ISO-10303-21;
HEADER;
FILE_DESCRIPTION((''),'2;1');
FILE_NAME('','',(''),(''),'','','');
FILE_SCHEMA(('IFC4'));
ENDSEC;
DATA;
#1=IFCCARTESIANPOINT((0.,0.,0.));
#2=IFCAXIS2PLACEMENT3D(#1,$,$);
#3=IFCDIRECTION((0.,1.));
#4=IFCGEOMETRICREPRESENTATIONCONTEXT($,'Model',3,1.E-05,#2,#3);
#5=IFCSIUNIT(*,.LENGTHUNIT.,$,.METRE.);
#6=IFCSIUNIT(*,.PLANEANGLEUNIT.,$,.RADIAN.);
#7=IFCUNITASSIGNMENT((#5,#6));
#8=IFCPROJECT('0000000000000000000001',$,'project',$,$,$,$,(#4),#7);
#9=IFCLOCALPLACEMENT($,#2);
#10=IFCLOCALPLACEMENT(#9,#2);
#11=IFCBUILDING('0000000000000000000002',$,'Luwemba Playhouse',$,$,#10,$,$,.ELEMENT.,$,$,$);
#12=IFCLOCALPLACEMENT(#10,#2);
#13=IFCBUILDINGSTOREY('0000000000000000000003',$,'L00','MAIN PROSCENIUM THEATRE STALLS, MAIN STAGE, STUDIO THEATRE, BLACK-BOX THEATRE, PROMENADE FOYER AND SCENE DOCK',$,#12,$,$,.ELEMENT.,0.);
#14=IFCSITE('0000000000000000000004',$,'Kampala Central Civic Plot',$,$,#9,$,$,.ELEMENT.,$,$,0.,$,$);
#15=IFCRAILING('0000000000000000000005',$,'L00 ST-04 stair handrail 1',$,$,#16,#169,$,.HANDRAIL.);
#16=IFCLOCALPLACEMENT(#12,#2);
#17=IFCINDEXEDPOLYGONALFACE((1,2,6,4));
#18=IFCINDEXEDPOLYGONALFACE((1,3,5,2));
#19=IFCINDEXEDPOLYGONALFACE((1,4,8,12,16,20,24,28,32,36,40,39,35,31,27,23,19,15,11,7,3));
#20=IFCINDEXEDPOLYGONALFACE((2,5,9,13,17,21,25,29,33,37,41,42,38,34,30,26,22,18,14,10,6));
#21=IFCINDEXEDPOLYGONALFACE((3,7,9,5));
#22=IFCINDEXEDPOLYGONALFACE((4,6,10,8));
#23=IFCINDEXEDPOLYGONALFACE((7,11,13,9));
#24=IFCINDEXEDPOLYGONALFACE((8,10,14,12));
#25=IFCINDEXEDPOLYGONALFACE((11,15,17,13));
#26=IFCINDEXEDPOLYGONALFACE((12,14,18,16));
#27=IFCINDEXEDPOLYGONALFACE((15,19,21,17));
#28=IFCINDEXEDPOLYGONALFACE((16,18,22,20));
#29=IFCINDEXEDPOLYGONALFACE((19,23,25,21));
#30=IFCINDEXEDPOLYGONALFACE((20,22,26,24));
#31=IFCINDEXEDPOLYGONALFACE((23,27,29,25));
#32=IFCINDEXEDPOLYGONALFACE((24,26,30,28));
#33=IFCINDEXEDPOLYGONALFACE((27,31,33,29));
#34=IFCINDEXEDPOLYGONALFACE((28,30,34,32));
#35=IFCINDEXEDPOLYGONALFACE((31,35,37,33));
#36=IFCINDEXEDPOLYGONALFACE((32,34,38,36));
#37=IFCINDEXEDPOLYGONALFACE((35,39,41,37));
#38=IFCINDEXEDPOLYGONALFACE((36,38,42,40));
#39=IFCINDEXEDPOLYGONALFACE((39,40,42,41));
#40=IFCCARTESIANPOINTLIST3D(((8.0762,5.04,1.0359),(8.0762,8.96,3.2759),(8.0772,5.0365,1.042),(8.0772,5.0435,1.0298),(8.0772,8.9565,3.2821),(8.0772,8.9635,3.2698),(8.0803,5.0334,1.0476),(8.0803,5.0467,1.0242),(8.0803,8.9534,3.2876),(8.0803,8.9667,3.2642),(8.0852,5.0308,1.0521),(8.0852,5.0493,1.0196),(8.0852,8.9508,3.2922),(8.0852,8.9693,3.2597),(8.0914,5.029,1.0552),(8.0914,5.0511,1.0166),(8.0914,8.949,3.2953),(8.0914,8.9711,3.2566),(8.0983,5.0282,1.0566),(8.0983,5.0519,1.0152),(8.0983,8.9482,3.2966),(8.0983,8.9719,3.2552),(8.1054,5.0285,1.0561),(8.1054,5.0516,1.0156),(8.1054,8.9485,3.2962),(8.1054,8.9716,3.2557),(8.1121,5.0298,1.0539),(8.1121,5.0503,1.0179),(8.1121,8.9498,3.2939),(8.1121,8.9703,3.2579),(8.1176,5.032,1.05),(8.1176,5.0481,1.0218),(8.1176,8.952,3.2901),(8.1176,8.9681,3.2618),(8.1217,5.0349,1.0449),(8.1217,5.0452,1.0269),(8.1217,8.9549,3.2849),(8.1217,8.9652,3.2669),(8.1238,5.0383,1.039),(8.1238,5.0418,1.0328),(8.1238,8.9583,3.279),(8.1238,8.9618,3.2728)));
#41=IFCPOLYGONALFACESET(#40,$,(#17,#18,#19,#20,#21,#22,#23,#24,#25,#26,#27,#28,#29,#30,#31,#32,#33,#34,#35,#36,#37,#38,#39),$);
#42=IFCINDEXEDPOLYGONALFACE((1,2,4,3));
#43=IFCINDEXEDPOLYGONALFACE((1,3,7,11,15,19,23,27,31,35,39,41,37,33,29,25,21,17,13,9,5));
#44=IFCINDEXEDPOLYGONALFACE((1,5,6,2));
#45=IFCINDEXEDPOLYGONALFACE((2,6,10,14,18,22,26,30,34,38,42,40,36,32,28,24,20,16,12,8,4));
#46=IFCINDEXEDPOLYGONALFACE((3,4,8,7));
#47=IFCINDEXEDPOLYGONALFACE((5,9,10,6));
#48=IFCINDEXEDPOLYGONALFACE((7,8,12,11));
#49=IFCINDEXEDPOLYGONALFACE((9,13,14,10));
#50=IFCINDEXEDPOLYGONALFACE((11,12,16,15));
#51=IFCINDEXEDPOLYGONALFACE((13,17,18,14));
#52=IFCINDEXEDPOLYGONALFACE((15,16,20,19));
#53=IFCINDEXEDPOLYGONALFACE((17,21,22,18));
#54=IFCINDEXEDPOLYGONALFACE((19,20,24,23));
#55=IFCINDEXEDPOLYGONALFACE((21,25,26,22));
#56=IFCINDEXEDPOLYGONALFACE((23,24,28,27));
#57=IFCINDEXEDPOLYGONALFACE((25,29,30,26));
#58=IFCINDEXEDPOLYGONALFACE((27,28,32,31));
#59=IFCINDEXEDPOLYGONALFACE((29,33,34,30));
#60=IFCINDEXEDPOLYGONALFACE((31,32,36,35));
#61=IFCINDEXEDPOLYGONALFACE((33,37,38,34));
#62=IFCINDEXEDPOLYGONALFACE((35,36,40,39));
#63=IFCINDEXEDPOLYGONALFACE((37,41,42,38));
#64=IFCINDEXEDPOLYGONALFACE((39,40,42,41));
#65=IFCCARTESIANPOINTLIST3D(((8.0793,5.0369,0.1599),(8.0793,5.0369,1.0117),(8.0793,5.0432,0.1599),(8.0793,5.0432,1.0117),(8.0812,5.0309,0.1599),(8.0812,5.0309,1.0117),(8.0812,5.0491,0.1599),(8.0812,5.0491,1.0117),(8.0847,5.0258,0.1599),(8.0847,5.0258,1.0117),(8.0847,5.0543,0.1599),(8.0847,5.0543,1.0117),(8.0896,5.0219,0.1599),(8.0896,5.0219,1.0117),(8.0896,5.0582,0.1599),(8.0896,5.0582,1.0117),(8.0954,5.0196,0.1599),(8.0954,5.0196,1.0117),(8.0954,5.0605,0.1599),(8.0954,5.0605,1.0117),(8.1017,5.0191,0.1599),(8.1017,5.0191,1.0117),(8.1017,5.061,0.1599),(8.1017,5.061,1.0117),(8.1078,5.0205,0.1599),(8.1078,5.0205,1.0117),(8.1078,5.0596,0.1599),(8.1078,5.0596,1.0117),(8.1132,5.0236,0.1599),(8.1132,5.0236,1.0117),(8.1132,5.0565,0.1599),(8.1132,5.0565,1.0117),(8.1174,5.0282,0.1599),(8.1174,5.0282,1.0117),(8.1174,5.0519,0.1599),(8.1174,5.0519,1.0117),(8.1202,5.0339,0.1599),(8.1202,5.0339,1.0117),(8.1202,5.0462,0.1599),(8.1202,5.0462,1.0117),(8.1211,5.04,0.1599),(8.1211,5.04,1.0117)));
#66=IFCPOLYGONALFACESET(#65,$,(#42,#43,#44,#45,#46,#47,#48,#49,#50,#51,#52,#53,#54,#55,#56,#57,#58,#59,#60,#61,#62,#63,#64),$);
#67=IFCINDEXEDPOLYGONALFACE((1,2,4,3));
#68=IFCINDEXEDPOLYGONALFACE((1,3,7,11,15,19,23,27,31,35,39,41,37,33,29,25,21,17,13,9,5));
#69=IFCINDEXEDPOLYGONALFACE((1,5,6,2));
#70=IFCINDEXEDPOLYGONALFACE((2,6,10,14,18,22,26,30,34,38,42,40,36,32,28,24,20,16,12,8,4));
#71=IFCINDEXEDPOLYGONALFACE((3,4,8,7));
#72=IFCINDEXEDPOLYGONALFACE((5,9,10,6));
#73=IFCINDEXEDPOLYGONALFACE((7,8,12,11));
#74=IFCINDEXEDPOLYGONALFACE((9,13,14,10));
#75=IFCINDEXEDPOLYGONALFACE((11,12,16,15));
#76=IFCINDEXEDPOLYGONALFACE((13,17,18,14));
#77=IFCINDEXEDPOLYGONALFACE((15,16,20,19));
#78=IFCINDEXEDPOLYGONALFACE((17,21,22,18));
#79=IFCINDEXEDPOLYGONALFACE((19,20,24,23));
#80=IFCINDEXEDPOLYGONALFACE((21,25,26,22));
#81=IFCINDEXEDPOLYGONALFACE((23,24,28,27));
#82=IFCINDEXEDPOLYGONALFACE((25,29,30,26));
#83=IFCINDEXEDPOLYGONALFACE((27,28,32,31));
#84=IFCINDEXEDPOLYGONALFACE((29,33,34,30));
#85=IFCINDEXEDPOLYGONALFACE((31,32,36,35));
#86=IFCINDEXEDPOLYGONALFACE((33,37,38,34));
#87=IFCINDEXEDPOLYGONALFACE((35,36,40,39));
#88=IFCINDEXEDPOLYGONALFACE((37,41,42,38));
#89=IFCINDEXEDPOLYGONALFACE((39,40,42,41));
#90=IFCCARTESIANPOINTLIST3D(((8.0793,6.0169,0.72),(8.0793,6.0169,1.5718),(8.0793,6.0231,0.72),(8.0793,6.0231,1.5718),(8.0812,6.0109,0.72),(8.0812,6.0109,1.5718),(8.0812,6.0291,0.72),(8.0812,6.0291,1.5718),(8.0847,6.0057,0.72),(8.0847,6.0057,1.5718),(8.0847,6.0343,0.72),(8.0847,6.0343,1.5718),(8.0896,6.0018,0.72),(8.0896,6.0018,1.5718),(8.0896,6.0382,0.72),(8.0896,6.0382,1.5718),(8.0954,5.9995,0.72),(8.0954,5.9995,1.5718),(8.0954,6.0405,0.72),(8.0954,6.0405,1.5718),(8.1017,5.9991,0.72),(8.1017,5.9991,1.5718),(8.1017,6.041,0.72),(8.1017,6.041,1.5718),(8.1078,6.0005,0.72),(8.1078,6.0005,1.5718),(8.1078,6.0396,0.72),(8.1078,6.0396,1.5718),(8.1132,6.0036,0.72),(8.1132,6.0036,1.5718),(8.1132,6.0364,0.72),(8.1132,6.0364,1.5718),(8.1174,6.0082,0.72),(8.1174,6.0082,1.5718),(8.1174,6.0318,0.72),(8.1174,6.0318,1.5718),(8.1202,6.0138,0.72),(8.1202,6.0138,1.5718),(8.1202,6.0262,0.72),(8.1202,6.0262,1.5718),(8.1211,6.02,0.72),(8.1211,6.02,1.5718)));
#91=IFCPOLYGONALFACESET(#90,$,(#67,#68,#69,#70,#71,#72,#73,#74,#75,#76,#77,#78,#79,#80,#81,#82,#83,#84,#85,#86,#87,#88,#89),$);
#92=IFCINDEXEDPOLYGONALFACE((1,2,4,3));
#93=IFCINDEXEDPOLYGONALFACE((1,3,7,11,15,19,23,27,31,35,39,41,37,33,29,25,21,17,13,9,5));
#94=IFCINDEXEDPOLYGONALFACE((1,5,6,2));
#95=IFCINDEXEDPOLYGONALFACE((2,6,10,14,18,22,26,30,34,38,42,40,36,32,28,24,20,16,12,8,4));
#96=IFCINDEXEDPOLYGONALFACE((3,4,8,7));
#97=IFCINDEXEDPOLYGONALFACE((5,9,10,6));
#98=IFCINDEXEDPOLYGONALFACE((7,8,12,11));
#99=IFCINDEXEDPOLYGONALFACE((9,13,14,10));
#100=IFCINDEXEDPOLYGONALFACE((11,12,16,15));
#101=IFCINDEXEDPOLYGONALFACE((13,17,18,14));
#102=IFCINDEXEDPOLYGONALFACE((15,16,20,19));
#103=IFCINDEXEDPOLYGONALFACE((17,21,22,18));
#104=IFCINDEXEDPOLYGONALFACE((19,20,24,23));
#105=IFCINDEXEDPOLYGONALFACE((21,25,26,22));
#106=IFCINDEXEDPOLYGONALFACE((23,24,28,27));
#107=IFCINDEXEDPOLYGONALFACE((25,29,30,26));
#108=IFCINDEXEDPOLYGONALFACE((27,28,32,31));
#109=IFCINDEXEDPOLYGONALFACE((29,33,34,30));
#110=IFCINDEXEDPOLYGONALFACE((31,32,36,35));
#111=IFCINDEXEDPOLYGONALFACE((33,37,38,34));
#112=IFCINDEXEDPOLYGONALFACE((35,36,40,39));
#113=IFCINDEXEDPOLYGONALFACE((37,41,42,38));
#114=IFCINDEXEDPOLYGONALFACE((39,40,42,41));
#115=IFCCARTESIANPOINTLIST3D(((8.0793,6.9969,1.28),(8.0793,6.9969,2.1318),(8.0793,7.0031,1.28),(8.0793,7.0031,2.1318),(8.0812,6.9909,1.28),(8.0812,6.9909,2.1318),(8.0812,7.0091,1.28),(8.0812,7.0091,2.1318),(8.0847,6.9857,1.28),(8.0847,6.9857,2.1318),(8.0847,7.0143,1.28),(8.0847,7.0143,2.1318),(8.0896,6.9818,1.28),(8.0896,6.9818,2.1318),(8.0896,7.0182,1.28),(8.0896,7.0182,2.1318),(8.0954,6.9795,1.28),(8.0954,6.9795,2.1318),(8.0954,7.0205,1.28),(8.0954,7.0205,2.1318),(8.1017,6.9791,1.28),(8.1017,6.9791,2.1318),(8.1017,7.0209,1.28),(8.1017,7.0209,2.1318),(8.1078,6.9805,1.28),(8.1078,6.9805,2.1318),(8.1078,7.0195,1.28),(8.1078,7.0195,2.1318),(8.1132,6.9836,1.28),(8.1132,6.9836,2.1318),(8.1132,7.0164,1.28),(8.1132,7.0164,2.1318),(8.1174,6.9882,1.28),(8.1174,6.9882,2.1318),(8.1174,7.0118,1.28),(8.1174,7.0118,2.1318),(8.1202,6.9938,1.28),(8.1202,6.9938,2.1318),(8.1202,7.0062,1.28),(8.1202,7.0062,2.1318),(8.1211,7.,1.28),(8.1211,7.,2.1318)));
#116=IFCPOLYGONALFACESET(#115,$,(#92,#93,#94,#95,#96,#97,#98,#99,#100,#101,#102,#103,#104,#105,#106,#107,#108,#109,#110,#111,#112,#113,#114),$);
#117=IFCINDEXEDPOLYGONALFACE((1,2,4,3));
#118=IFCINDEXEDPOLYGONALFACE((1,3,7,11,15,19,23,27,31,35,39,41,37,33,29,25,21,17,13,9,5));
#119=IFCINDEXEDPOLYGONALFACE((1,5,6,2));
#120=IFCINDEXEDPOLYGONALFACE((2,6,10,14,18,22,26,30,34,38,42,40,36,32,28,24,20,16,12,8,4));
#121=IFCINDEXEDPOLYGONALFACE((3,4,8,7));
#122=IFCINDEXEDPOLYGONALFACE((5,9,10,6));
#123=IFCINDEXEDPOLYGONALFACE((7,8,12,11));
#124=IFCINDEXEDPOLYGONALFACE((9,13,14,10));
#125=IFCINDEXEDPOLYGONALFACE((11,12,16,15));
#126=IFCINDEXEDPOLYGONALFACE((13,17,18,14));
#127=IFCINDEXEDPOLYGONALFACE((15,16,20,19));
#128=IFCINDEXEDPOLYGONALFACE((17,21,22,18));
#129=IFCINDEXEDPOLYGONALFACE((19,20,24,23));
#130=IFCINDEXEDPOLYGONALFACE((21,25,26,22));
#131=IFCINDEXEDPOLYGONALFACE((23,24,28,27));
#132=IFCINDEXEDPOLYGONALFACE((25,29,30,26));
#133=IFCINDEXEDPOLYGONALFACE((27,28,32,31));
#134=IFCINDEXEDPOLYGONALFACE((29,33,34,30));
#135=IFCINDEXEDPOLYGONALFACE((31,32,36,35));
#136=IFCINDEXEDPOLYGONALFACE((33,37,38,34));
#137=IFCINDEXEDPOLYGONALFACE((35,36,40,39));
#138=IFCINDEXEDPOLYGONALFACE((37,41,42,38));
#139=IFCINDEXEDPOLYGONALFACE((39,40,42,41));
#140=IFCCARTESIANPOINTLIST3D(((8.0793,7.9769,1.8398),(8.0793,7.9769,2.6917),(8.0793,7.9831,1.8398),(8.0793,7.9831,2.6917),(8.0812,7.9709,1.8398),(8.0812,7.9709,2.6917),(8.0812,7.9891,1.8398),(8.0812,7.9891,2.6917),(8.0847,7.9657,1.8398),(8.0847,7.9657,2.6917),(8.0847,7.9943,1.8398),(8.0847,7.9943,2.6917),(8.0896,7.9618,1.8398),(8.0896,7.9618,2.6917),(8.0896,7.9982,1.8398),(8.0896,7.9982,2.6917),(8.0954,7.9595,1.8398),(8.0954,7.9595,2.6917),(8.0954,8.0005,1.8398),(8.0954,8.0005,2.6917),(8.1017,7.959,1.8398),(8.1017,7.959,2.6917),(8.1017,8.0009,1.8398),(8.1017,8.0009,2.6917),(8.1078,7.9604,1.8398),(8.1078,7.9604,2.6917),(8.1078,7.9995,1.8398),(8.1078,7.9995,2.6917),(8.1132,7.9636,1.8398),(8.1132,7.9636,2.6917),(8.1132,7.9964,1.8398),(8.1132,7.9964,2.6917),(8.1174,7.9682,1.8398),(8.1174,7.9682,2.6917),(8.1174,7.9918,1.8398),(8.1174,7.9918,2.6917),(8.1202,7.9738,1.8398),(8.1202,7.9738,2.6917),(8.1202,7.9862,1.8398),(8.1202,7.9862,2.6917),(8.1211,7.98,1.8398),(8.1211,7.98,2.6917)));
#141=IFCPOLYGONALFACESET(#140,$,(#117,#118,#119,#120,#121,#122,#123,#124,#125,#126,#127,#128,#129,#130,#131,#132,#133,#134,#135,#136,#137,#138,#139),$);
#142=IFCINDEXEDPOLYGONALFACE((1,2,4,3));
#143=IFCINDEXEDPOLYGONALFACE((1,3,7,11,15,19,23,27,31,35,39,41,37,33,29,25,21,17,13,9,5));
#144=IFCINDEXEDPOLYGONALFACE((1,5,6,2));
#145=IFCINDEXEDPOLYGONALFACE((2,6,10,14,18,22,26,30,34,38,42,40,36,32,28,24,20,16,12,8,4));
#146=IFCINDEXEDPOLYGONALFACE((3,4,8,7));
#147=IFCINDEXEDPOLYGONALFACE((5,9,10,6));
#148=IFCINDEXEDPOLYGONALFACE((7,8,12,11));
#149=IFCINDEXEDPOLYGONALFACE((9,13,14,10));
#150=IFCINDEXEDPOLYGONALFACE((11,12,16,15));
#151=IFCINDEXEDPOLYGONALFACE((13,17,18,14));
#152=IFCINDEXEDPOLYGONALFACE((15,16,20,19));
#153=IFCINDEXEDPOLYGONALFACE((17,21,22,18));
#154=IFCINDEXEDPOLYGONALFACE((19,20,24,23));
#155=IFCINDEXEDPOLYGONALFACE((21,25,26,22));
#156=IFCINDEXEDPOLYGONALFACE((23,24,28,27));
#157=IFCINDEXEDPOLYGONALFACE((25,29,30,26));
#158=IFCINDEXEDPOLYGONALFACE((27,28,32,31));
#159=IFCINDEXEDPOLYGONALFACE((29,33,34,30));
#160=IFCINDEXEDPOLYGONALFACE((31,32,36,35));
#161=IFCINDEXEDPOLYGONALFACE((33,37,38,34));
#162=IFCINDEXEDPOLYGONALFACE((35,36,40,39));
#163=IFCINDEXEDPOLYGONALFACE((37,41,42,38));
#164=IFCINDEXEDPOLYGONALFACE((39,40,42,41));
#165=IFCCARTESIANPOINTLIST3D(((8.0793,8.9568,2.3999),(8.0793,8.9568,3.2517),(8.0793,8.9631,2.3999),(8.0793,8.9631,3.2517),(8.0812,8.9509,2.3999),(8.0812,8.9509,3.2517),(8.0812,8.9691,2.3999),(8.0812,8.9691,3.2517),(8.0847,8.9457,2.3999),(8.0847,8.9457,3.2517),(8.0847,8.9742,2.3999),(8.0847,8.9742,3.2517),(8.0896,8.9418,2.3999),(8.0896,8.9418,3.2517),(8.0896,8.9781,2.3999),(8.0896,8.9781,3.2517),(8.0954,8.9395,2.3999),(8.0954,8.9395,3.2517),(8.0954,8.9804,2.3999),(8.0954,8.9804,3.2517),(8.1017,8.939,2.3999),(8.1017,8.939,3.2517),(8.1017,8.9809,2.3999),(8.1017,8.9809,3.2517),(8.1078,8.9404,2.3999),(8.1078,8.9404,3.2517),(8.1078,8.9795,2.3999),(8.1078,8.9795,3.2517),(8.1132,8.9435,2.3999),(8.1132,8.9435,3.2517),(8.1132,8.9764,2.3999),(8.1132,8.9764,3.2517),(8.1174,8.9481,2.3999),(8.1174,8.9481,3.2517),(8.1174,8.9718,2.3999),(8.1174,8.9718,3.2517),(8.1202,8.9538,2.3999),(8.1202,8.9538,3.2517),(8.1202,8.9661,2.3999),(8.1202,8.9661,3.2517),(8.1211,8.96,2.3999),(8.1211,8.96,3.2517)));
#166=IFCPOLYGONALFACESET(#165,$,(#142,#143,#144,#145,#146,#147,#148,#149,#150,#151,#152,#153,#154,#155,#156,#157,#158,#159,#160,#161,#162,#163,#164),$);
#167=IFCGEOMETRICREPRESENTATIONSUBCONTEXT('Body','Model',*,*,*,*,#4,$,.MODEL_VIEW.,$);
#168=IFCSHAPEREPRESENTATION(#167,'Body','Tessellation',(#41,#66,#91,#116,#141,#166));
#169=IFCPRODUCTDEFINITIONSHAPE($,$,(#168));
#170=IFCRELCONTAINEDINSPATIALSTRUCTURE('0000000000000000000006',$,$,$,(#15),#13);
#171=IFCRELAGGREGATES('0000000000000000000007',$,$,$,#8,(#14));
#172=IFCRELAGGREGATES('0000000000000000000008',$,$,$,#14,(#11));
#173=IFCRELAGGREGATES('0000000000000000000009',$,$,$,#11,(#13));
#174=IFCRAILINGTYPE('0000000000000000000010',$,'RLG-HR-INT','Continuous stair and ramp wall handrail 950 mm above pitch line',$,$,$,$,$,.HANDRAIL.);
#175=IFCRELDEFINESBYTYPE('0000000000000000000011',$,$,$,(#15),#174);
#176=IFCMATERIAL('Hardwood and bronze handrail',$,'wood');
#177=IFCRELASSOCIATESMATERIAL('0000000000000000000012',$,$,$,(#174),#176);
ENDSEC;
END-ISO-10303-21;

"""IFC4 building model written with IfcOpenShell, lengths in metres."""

from ifc_helpers import new_model, si_unit, direction, frame, origin, origin_2d, place, context, subcontext, project, spatial, circle, extrude, material, type_object, element, save


model = new_model("IFC4")

# Units and contexts
model_context = context("Model", 3, precision=1e-05, world=origin(), true_north=direction((0.0, 1.0)))
body_context = subcontext(model_context, "Body", "Model", "MODEL_VIEW")
ifc_project = project(units=[si_unit("LENGTHUNIT", "METRE"), si_unit("PLANEANGLEUNIT", "RADIAN")], contexts=[model_context])

# Site, building, storey
site_placement = place(None, origin())
site = spatial("IfcSite", under=ifc_project, at=site_placement, Name="Kampala Central Civic Plot", CompositionType="ELEMENT", RefElevation=0.0)
building_placement = place(site_placement, origin())
building = spatial("IfcBuilding", under=site, at=building_placement, Name="Luwemba Playhouse", CompositionType="ELEMENT")
storey_placement = place(building_placement, origin())
storey = spatial("IfcBuildingStorey", under=building, at=storey_placement, Name="L00", Description="MAIN PROSCENIUM THEATRE STALLS, MAIN STAGE, STUDIO THEATRE, BLACK-BOX THEATRE, PROMENADE FOYER AND SCENE DOCK", CompositionType="ELEMENT", Elevation=0.0)

# Railing
ifc_material_1 = material(Name="Hardwood and bronze handrail", Category="wood")
railing_type_1 = type_object("IfcRailingType", Name="RLG-HR-INT", Description="Continuous stair and ramp wall handrail 950 mm above pitch line", PredefinedType="HANDRAIL", material=ifc_material_1)
railing_1_placement = place(storey_placement, frame((8.1001, 5.04, 0.1599)))
element("IfcRailing", 1, at=railing_1_placement, inside=storey, type_object=railing_type_1, Name="L00 ST-04 stair handrail 1", PredefinedType="HANDRAIL", context=body_context, shape_type="SweptSolid", body=[
    extrude(circle(Radius=0.0239, at=origin_2d()), frame((0.0, 0.0, 0.876), z_axis=(0.0, 0.86824, 0.496145), x_axis=(-1.0, 0.0, 0.0)), (0.0, 0.0, 1.0), 4.5149),
    extrude(circle(Radius=0.021, at=origin_2d()), origin(), (0.0, 0.0, 1.0), 0.8518),
    extrude(circle(Radius=0.021, at=origin_2d()), frame((0.0, 0.98, 0.5601)), (0.0, 0.0, 1.0), 0.8518),
    extrude(circle(Radius=0.021, at=origin_2d()), frame((0.0, 1.96, 1.1201)), (0.0, 0.0, 1.0), 0.8518),
    extrude(circle(Radius=0.021, at=origin_2d()), frame((0.0, 2.9399, 1.6799)), (0.0, 0.0, 1.0), 0.8518),
    extrude(circle(Radius=0.021, at=origin_2d()), frame((0.0, 3.9199, 2.24)), (0.0, 0.0, 1.0), 0.8518),
])

save(model, "model.ifc")
